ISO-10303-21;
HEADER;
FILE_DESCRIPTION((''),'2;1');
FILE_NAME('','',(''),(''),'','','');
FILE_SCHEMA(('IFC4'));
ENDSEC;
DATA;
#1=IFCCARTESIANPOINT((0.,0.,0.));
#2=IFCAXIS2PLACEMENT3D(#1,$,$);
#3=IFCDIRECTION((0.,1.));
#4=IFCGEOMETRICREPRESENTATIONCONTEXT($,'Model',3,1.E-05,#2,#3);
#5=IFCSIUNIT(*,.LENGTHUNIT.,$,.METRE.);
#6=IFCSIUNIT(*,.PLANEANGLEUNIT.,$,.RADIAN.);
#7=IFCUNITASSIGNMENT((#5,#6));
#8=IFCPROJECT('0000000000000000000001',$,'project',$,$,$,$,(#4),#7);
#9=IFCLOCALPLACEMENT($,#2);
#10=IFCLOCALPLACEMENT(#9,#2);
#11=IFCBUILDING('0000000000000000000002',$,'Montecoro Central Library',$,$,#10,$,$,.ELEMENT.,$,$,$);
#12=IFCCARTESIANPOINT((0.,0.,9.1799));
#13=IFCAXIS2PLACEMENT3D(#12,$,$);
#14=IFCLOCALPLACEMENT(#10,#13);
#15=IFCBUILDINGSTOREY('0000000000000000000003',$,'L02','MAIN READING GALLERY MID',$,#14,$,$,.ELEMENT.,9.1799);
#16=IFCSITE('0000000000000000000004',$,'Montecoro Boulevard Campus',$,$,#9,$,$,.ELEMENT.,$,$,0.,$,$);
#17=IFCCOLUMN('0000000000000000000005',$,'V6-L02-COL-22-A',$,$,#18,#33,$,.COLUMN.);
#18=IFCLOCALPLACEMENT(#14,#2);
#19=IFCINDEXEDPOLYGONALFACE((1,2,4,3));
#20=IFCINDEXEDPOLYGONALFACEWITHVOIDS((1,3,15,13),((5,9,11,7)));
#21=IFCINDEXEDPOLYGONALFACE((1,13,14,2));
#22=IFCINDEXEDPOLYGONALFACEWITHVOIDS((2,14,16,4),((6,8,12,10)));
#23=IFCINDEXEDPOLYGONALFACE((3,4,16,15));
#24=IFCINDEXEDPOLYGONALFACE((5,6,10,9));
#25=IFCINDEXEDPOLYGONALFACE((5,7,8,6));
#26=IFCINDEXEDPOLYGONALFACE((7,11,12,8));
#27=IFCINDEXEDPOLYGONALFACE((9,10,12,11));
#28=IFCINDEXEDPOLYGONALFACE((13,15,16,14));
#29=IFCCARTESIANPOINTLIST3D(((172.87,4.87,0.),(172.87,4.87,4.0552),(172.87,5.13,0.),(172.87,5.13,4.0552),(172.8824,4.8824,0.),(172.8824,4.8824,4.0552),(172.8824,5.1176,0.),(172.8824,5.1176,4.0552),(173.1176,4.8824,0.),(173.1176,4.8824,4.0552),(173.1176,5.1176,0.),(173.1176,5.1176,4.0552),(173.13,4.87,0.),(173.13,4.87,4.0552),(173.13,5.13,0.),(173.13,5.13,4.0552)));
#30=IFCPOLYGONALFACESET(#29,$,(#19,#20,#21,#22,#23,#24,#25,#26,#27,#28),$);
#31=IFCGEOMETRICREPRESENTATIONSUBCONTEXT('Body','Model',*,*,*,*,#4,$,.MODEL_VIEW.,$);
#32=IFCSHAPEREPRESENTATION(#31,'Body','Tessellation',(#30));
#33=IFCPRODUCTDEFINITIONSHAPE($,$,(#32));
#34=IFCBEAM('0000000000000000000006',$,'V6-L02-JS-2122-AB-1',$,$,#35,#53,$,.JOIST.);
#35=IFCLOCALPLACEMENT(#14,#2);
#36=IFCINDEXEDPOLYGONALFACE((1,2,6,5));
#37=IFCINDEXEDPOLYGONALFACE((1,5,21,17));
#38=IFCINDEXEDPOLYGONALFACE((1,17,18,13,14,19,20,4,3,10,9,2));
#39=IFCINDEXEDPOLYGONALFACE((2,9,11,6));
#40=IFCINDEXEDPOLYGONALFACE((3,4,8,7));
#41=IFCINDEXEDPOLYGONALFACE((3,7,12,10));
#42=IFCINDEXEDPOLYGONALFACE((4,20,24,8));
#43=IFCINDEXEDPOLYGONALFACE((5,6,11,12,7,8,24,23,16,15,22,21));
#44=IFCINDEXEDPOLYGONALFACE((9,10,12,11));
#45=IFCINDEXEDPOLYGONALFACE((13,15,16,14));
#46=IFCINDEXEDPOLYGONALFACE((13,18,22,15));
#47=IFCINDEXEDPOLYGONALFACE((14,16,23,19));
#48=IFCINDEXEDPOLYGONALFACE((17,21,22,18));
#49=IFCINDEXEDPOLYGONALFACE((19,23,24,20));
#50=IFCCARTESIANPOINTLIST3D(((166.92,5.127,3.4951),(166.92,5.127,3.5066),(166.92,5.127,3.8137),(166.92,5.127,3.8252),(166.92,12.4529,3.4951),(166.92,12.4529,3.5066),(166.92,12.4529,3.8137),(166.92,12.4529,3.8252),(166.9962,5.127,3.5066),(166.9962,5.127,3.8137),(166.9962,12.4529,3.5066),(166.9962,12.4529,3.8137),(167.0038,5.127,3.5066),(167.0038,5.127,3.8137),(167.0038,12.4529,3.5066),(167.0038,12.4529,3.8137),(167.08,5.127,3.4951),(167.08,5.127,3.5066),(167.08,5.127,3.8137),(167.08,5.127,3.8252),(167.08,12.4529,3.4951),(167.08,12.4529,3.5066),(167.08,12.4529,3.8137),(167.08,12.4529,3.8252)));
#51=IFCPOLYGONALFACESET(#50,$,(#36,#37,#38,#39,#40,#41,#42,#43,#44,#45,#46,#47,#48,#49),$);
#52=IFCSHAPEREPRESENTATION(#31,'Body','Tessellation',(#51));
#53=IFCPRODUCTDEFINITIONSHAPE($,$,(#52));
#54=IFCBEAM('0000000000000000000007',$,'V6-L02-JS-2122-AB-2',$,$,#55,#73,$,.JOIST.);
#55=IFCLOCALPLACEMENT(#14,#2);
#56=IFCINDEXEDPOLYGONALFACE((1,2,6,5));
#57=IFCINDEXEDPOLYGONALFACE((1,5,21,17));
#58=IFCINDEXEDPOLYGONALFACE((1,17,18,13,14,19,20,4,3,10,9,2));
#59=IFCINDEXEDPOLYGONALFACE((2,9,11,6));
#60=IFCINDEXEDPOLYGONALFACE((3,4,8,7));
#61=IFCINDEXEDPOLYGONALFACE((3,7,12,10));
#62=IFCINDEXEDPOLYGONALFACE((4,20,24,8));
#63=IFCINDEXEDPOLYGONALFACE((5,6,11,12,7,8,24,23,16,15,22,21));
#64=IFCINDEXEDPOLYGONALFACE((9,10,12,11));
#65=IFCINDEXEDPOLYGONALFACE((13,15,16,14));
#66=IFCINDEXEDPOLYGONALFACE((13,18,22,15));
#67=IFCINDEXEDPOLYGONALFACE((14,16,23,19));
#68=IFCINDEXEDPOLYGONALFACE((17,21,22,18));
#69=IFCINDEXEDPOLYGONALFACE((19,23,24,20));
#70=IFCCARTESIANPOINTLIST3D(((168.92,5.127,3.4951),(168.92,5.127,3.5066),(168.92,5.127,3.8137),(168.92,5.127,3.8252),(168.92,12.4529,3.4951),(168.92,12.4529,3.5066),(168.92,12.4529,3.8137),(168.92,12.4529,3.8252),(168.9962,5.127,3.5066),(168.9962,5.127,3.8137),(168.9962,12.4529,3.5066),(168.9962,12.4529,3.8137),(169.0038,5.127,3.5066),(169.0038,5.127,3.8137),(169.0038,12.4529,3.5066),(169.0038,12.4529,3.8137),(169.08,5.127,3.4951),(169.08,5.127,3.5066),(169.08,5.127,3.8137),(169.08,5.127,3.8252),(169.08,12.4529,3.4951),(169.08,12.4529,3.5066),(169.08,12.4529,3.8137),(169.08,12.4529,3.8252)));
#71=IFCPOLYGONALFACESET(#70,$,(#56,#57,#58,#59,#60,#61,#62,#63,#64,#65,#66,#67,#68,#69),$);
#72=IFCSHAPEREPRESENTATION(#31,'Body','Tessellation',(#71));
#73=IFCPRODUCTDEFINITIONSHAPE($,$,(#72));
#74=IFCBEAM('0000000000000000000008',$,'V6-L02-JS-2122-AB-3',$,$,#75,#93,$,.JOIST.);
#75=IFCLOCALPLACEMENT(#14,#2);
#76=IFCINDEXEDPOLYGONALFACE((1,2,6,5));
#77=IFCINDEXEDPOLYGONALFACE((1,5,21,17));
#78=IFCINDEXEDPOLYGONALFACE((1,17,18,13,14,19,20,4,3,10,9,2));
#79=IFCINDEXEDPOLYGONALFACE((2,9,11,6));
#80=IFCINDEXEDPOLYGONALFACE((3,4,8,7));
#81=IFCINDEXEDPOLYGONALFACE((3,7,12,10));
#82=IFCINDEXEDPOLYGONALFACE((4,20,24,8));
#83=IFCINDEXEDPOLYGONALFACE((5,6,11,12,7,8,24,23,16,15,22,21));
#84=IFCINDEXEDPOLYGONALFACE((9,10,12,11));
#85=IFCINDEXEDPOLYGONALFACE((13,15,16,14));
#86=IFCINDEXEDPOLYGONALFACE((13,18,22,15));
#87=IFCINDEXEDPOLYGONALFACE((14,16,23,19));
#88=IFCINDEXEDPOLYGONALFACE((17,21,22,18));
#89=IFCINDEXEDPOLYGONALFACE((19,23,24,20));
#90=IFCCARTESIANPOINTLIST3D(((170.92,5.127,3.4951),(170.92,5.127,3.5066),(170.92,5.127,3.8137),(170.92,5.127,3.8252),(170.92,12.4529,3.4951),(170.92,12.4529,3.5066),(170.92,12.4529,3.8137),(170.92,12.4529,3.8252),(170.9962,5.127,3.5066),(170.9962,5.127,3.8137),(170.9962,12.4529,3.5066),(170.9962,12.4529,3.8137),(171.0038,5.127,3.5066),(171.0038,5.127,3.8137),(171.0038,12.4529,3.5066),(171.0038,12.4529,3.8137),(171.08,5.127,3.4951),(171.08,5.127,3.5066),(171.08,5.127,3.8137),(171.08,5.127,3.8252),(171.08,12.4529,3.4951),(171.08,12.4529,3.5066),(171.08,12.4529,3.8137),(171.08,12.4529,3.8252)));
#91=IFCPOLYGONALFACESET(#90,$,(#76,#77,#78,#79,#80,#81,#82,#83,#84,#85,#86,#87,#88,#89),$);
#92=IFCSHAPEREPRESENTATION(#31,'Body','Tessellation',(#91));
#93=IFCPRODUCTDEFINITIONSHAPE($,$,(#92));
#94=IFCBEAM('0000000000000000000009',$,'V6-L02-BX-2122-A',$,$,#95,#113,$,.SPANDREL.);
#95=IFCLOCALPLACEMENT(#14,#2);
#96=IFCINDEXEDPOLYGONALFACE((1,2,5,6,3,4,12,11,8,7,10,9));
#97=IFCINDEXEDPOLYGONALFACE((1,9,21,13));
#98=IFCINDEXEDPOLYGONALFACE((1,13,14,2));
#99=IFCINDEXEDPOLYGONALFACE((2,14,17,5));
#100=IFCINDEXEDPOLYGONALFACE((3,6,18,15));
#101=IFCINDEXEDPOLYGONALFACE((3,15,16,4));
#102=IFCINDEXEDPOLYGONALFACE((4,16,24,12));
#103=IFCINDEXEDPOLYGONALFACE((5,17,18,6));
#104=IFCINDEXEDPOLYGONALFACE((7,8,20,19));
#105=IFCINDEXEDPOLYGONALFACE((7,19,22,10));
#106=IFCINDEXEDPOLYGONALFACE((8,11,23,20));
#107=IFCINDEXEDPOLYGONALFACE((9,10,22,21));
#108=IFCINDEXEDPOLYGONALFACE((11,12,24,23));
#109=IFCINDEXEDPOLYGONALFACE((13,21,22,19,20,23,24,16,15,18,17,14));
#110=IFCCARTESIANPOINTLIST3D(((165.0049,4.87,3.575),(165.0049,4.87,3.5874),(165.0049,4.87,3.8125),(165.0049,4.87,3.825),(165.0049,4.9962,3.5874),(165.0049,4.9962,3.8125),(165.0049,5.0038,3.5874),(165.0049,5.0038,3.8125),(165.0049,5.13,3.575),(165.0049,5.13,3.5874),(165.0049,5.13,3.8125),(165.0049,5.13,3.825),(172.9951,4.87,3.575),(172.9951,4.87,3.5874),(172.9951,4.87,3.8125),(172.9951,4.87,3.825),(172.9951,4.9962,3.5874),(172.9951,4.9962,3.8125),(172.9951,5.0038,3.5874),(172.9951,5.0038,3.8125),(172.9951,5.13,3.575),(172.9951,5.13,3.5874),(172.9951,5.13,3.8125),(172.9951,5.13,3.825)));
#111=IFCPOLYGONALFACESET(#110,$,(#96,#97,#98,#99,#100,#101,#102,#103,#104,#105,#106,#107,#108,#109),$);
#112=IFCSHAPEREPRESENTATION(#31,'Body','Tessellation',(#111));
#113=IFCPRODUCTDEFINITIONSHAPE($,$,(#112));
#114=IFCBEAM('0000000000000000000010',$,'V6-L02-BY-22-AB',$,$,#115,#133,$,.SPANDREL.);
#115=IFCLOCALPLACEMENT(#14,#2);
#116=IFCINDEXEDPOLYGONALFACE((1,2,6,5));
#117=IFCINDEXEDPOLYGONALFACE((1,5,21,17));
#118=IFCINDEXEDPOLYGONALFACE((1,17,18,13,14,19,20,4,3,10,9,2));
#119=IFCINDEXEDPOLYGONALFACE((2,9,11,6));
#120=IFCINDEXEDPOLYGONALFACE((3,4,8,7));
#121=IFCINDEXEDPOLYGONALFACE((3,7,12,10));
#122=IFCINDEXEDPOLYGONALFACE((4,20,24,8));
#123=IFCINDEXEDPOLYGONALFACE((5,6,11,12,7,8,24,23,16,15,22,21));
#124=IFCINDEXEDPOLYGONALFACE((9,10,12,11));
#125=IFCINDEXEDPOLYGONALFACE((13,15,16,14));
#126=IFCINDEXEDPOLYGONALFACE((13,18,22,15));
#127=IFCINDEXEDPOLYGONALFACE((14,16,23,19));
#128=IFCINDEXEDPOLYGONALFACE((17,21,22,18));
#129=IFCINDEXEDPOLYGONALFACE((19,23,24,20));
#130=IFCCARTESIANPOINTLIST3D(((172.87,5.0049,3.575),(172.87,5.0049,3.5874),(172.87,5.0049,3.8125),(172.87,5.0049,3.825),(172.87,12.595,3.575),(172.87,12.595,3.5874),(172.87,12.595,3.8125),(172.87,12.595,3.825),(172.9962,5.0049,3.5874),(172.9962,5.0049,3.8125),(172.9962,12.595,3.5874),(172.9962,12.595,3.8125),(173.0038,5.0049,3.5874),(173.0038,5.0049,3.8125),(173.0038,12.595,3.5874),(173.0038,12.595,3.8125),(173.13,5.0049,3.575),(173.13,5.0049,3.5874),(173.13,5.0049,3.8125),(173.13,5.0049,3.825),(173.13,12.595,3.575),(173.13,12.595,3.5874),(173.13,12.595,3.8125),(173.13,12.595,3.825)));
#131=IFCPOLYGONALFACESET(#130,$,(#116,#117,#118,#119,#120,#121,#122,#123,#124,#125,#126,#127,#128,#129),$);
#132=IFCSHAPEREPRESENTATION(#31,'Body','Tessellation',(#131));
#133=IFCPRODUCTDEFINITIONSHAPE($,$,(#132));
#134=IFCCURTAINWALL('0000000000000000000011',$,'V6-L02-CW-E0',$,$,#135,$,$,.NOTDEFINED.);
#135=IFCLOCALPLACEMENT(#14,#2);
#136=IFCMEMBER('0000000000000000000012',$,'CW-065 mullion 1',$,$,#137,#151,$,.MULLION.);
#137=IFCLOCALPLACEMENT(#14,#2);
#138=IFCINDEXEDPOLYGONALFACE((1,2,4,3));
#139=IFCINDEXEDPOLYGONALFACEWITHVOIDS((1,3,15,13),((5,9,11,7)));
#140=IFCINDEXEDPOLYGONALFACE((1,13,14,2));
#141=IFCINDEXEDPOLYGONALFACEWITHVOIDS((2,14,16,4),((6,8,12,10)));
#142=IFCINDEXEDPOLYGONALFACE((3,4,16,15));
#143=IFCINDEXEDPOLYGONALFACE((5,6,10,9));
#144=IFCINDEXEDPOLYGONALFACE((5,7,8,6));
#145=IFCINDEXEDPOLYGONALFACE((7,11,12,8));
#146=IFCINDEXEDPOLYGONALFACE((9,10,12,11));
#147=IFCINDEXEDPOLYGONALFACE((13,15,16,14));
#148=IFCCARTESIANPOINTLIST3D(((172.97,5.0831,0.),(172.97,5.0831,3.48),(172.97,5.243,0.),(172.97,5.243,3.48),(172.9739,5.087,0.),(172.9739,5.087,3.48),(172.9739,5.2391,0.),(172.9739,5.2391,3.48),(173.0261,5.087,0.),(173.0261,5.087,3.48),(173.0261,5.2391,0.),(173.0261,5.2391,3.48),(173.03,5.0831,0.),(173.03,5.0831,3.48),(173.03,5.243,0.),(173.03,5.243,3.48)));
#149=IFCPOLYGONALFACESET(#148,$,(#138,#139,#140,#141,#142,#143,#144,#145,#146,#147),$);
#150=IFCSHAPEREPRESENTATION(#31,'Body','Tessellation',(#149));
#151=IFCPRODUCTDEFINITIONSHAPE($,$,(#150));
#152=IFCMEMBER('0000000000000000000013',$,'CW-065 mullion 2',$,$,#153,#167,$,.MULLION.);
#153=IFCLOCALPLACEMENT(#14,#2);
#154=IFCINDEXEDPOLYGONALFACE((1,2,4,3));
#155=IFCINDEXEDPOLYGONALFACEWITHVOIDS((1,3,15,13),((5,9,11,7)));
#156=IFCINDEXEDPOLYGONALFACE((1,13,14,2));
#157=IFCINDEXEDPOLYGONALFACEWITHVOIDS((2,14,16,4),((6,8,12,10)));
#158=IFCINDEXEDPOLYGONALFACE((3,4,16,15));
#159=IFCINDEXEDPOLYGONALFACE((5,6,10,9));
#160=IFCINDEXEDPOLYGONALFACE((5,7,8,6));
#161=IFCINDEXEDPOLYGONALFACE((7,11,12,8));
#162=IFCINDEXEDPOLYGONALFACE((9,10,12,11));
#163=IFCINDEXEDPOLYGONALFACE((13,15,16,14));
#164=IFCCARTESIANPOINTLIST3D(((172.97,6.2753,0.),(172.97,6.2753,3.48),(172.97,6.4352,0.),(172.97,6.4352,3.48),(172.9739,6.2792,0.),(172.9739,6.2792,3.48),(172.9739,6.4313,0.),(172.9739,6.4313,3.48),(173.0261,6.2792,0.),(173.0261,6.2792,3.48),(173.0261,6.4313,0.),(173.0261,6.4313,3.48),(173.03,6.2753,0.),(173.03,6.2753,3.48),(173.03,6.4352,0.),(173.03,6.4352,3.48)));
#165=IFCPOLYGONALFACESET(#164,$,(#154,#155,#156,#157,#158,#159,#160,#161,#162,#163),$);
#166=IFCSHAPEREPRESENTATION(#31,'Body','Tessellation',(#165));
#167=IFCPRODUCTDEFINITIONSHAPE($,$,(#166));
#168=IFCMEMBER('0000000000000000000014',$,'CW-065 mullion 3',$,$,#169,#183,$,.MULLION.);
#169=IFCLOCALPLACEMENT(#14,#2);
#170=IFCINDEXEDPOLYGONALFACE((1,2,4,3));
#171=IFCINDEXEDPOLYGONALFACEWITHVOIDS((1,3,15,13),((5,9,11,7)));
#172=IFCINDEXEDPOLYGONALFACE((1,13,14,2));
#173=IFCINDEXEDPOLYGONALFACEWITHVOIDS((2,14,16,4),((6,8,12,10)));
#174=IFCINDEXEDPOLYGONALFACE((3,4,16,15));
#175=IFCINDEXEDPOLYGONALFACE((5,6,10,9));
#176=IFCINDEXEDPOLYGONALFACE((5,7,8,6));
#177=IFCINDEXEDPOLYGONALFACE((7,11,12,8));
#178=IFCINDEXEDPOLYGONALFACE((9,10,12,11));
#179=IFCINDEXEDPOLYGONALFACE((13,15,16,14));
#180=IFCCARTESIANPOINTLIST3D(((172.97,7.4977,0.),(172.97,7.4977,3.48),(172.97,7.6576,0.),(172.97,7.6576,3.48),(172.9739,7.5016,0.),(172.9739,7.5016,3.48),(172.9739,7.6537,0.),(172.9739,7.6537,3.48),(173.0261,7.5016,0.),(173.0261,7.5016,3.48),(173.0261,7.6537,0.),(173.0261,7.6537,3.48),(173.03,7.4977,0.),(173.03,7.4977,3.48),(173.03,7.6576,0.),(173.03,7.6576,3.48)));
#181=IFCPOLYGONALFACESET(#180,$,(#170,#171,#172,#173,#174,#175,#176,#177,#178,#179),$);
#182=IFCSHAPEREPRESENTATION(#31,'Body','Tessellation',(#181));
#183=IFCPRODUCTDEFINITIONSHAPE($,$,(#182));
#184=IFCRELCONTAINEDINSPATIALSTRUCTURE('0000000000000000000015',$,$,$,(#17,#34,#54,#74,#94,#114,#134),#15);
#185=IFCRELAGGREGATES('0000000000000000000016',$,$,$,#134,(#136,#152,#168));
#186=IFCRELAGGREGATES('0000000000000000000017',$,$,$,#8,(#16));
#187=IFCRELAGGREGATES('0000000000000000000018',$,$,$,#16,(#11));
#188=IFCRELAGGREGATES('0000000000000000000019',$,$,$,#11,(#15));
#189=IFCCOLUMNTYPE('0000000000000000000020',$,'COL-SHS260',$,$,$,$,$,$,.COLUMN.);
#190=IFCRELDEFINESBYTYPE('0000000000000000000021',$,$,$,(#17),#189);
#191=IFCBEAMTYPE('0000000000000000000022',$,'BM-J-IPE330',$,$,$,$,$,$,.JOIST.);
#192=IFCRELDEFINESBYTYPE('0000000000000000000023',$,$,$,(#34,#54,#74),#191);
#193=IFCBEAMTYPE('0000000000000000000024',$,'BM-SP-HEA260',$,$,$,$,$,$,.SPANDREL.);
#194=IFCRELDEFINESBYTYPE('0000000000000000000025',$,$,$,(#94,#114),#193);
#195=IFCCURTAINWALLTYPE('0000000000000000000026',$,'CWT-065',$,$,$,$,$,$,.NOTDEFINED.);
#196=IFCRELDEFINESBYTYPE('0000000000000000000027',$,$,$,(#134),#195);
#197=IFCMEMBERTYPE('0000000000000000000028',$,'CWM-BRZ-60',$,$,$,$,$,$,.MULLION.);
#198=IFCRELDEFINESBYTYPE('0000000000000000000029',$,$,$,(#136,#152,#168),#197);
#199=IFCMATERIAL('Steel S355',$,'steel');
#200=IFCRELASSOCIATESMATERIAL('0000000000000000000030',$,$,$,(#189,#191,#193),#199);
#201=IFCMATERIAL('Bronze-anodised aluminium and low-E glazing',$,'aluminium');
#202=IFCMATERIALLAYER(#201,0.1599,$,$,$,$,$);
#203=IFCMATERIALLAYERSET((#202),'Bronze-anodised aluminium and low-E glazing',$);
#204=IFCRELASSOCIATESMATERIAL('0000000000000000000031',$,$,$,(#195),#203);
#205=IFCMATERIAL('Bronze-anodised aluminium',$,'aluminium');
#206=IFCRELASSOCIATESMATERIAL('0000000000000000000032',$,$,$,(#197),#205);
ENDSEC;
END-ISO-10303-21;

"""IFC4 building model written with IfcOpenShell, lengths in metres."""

from ifc_helpers import new_model, si_unit, direction, frame, origin, origin_2d, place, context, subcontext, project, spatial, hollow_rectangle, i_section, extrude, material, layer, layer_set, material_profile, profile_set, type_object, element, aggregate, save


model = new_model("IFC4")

# Units and contexts
model_context = context("Model", 3, precision=1e-05, world=origin(), true_north=direction((0.0, 1.0)))
body_context = subcontext(model_context, "Body", "Model", "MODEL_VIEW")
ifc_project = project(units=[si_unit("LENGTHUNIT", "METRE"), si_unit("PLANEANGLEUNIT", "RADIAN")], contexts=[model_context])

# Site, building, storey
site_placement = place(None, origin())
site = spatial("IfcSite", under=ifc_project, at=site_placement, Name="Montecoro Boulevard Campus", CompositionType="ELEMENT", RefElevation=0.0)
building_placement = place(site_placement, origin())
building = spatial("IfcBuilding", under=site, at=building_placement, Name="Montecoro Central Library", CompositionType="ELEMENT")
storey_placement = place(building_placement, frame((0.0, 0.0, 9.1799)))
storey = spatial("IfcBuildingStorey", under=building, at=storey_placement, Name="L02", Description="MAIN READING GALLERY MID", CompositionType="ELEMENT", Elevation=9.1799)

# Column
ifc_material_1 = material(Name="Steel S355", Category="steel")
ifc_material_profile_1 = material_profile(ifc_material_1, hollow_rectangle(XDim=0.26, YDim=0.26, WallThickness=0.0125, at=origin_2d()), Name="SHS 260x260x12.5")
ifc_profile_set_1 = profile_set([ifc_material_profile_1], Name="Steel S355")
column_type = type_object("IfcColumnType", Name="COL-SHS260", PredefinedType="COLUMN", material=ifc_profile_set_1)
column_placement = place(storey_placement, frame((173.0, 5.0, 0.0), z_axis=(0.0, 0.0, 1.0), x_axis=(1.0, 0.0, 0.0)))
element("IfcColumn", 1, at=column_placement, inside=storey, type_object=column_type, Name="V6-L02-COL-22-A", PredefinedType="COLUMN", context=body_context, shape_type="SweptSolid", body=[
    extrude(hollow_rectangle(XDim=0.26, YDim=0.26, WallThickness=0.0125, at=origin_2d()), origin(), (0.0, 0.0, 1.0), 4.0552),
])

# Beams
ifc_material_profile_2 = material_profile(ifc_material_1, i_section(OverallWidth=0.1599, OverallDepth=0.3301, WebThickness=0.0076, FlangeThickness=0.0115, at=origin_2d()), Name="IPE 330")
ifc_profile_set_2 = profile_set([ifc_material_profile_2], Name="Steel S355")
beam_type_1 = type_object("IfcBeamType", Name="BM-J-IPE330", PredefinedType="JOIST", material=ifc_profile_set_2)
for number, where, z_axis, x_axis, name in (
    (2, (167.0, 5.127, 3.6602), (0.0, 1.0, 0.0), (-1.0, 0.0, 0.0), "V6-L02-JS-2122-AB-1"),
    (3, (169.0, 5.127, 3.6602), (0.0, 1.0, 0.0), (-1.0, 0.0, 0.0), "V6-L02-JS-2122-AB-2"),
    (4, (171.0, 5.127, 3.6602), (0.0, 1.0, 0.0), (-1.0, 0.0, 0.0), "V6-L02-JS-2122-AB-3"),
):
    element("IfcBeam", number, at=place(storey_placement, frame(where, z_axis=z_axis, x_axis=x_axis)), inside=storey, type_object=beam_type_1, Name=name, PredefinedType="JOIST", context=body_context, shape_type="SweptSolid", body=[
        extrude(i_section(OverallWidth=0.1599, OverallDepth=0.3301, WebThickness=0.0076, FlangeThickness=0.0115, at=origin_2d()), origin(), (0.0, 0.0, 1.0), 7.3259),
    ])
ifc_material_profile_3 = material_profile(ifc_material_1, i_section(OverallWidth=0.26, OverallDepth=0.25, WebThickness=0.0076, FlangeThickness=0.0125, at=origin_2d()), Name="HEA 260")
ifc_profile_set_3 = profile_set([ifc_material_profile_3], Name="Steel S355")
beam_type_2 = type_object("IfcBeamType", Name="BM-SP-HEA260", PredefinedType="SPANDREL", material=ifc_profile_set_3)
beam_1_placement = place(storey_placement, frame((165.0049, 5.0, 3.7), z_axis=(1.0, 0.0, 0.0), x_axis=(0.0, 1.0, 0.0)))
element("IfcBeam", 5, at=beam_1_placement, inside=storey, type_object=beam_type_2, Name="V6-L02-BX-2122-A", PredefinedType="SPANDREL", context=body_context, shape_type="SweptSolid", body=[
    extrude(i_section(OverallWidth=0.26, OverallDepth=0.25, WebThickness=0.0076, FlangeThickness=0.0125, at=origin_2d()), origin(), (0.0, 0.0, 1.0), 7.9902),
])
beam_2_placement = place(storey_placement, frame((173.0, 5.0049, 3.7), z_axis=(0.0, 1.0, 0.0), x_axis=(-1.0, 0.0, 0.0)))
element("IfcBeam", 6, at=beam_2_placement, inside=storey, type_object=beam_type_2, Name="V6-L02-BY-22-AB", PredefinedType="SPANDREL", context=body_context, shape_type="SweptSolid", body=[
    extrude(i_section(OverallWidth=0.26, OverallDepth=0.25, WebThickness=0.0076, FlangeThickness=0.0125, at=origin_2d()), origin(), (0.0, 0.0, 1.0), 7.5901),
])

# Curtain wall, members
ifc_material_2 = material(Name="Bronze-anodised aluminium and low-E glazing", Category="aluminium")
ifc_layer_1 = layer(ifc_material_2, 0.1599)
ifc_layer_set_1 = layer_set([ifc_layer_1], Name="Bronze-anodised aluminium and low-E glazing")
curtain_wall_type = type_object("IfcCurtainWallType", Name="CWT-065", PredefinedType="NOTDEFINED", material=ifc_layer_set_1)
curtain_wall_placement = place(storey_placement, origin())
curtain_wall = element("IfcCurtainWall", 7, at=curtain_wall_placement, inside=storey, type_object=curtain_wall_type, Name="V6-L02-CW-E0", PredefinedType="NOTDEFINED")
ifc_material_3 = material(Name="Bronze-anodised aluminium", Category="aluminium")
ifc_material_profile_4 = material_profile(ifc_material_3, hollow_rectangle(XDim=0.0601, YDim=0.1599, WallThickness=0.0039, at=origin_2d()), Name="CWM 160x60x4.0")
ifc_profile_set_4 = profile_set([ifc_material_profile_4], Name="Bronze-anodised aluminium")
member_type_1 = type_object("IfcMemberType", Name="CWM-BRZ-60", PredefinedType="MULLION", material=ifc_profile_set_4)
member_1_placement = place(storey_placement, frame((173.0, 5.1631, 0.0), z_axis=(0.0, 0.0, 1.0), x_axis=(-1.0, 0.0, 0.0)))
member_1 = element("IfcMember", 8, at=member_1_placement, type_object=member_type_1, Name="CW-065 mullion 1", PredefinedType="MULLION", context=body_context, shape_type="SweptSolid", body=[
    extrude(hollow_rectangle(XDim=0.0601, YDim=0.1599, WallThickness=0.0039, at=origin_2d()), origin(), (0.0, 0.0, 1.0), 3.48),
])
member_2_placement = place(storey_placement, frame((173.0, 6.3552, 0.0), z_axis=(0.0, 0.0, 1.0), x_axis=(-1.0, 0.0, 0.0)))
member_2 = element("IfcMember", 9, at=member_2_placement, type_object=member_type_1, Name="CW-065 mullion 2", PredefinedType="MULLION", context=body_context, shape_type="SweptSolid", body=[
    extrude(hollow_rectangle(XDim=0.0601, YDim=0.1599, WallThickness=0.0039, at=origin_2d()), origin(), (0.0, 0.0, 1.0), 3.48),
])
member_3_placement = place(storey_placement, frame((173.0, 7.5776, 0.0), z_axis=(0.0, 0.0, 1.0), x_axis=(-1.0, 0.0, 0.0)))
member_3 = element("IfcMember", 10, at=member_3_placement, type_object=member_type_1, Name="CW-065 mullion 3", PredefinedType="MULLION", context=body_context, shape_type="SweptSolid", body=[
    extrude(hollow_rectangle(XDim=0.0601, YDim=0.1599, WallThickness=0.0039, at=origin_2d()), origin(), (0.0, 0.0, 1.0), 3.48),
])
aggregate(curtain_wall, [member_1, member_2, member_3])

save(model, "model.ifc")
